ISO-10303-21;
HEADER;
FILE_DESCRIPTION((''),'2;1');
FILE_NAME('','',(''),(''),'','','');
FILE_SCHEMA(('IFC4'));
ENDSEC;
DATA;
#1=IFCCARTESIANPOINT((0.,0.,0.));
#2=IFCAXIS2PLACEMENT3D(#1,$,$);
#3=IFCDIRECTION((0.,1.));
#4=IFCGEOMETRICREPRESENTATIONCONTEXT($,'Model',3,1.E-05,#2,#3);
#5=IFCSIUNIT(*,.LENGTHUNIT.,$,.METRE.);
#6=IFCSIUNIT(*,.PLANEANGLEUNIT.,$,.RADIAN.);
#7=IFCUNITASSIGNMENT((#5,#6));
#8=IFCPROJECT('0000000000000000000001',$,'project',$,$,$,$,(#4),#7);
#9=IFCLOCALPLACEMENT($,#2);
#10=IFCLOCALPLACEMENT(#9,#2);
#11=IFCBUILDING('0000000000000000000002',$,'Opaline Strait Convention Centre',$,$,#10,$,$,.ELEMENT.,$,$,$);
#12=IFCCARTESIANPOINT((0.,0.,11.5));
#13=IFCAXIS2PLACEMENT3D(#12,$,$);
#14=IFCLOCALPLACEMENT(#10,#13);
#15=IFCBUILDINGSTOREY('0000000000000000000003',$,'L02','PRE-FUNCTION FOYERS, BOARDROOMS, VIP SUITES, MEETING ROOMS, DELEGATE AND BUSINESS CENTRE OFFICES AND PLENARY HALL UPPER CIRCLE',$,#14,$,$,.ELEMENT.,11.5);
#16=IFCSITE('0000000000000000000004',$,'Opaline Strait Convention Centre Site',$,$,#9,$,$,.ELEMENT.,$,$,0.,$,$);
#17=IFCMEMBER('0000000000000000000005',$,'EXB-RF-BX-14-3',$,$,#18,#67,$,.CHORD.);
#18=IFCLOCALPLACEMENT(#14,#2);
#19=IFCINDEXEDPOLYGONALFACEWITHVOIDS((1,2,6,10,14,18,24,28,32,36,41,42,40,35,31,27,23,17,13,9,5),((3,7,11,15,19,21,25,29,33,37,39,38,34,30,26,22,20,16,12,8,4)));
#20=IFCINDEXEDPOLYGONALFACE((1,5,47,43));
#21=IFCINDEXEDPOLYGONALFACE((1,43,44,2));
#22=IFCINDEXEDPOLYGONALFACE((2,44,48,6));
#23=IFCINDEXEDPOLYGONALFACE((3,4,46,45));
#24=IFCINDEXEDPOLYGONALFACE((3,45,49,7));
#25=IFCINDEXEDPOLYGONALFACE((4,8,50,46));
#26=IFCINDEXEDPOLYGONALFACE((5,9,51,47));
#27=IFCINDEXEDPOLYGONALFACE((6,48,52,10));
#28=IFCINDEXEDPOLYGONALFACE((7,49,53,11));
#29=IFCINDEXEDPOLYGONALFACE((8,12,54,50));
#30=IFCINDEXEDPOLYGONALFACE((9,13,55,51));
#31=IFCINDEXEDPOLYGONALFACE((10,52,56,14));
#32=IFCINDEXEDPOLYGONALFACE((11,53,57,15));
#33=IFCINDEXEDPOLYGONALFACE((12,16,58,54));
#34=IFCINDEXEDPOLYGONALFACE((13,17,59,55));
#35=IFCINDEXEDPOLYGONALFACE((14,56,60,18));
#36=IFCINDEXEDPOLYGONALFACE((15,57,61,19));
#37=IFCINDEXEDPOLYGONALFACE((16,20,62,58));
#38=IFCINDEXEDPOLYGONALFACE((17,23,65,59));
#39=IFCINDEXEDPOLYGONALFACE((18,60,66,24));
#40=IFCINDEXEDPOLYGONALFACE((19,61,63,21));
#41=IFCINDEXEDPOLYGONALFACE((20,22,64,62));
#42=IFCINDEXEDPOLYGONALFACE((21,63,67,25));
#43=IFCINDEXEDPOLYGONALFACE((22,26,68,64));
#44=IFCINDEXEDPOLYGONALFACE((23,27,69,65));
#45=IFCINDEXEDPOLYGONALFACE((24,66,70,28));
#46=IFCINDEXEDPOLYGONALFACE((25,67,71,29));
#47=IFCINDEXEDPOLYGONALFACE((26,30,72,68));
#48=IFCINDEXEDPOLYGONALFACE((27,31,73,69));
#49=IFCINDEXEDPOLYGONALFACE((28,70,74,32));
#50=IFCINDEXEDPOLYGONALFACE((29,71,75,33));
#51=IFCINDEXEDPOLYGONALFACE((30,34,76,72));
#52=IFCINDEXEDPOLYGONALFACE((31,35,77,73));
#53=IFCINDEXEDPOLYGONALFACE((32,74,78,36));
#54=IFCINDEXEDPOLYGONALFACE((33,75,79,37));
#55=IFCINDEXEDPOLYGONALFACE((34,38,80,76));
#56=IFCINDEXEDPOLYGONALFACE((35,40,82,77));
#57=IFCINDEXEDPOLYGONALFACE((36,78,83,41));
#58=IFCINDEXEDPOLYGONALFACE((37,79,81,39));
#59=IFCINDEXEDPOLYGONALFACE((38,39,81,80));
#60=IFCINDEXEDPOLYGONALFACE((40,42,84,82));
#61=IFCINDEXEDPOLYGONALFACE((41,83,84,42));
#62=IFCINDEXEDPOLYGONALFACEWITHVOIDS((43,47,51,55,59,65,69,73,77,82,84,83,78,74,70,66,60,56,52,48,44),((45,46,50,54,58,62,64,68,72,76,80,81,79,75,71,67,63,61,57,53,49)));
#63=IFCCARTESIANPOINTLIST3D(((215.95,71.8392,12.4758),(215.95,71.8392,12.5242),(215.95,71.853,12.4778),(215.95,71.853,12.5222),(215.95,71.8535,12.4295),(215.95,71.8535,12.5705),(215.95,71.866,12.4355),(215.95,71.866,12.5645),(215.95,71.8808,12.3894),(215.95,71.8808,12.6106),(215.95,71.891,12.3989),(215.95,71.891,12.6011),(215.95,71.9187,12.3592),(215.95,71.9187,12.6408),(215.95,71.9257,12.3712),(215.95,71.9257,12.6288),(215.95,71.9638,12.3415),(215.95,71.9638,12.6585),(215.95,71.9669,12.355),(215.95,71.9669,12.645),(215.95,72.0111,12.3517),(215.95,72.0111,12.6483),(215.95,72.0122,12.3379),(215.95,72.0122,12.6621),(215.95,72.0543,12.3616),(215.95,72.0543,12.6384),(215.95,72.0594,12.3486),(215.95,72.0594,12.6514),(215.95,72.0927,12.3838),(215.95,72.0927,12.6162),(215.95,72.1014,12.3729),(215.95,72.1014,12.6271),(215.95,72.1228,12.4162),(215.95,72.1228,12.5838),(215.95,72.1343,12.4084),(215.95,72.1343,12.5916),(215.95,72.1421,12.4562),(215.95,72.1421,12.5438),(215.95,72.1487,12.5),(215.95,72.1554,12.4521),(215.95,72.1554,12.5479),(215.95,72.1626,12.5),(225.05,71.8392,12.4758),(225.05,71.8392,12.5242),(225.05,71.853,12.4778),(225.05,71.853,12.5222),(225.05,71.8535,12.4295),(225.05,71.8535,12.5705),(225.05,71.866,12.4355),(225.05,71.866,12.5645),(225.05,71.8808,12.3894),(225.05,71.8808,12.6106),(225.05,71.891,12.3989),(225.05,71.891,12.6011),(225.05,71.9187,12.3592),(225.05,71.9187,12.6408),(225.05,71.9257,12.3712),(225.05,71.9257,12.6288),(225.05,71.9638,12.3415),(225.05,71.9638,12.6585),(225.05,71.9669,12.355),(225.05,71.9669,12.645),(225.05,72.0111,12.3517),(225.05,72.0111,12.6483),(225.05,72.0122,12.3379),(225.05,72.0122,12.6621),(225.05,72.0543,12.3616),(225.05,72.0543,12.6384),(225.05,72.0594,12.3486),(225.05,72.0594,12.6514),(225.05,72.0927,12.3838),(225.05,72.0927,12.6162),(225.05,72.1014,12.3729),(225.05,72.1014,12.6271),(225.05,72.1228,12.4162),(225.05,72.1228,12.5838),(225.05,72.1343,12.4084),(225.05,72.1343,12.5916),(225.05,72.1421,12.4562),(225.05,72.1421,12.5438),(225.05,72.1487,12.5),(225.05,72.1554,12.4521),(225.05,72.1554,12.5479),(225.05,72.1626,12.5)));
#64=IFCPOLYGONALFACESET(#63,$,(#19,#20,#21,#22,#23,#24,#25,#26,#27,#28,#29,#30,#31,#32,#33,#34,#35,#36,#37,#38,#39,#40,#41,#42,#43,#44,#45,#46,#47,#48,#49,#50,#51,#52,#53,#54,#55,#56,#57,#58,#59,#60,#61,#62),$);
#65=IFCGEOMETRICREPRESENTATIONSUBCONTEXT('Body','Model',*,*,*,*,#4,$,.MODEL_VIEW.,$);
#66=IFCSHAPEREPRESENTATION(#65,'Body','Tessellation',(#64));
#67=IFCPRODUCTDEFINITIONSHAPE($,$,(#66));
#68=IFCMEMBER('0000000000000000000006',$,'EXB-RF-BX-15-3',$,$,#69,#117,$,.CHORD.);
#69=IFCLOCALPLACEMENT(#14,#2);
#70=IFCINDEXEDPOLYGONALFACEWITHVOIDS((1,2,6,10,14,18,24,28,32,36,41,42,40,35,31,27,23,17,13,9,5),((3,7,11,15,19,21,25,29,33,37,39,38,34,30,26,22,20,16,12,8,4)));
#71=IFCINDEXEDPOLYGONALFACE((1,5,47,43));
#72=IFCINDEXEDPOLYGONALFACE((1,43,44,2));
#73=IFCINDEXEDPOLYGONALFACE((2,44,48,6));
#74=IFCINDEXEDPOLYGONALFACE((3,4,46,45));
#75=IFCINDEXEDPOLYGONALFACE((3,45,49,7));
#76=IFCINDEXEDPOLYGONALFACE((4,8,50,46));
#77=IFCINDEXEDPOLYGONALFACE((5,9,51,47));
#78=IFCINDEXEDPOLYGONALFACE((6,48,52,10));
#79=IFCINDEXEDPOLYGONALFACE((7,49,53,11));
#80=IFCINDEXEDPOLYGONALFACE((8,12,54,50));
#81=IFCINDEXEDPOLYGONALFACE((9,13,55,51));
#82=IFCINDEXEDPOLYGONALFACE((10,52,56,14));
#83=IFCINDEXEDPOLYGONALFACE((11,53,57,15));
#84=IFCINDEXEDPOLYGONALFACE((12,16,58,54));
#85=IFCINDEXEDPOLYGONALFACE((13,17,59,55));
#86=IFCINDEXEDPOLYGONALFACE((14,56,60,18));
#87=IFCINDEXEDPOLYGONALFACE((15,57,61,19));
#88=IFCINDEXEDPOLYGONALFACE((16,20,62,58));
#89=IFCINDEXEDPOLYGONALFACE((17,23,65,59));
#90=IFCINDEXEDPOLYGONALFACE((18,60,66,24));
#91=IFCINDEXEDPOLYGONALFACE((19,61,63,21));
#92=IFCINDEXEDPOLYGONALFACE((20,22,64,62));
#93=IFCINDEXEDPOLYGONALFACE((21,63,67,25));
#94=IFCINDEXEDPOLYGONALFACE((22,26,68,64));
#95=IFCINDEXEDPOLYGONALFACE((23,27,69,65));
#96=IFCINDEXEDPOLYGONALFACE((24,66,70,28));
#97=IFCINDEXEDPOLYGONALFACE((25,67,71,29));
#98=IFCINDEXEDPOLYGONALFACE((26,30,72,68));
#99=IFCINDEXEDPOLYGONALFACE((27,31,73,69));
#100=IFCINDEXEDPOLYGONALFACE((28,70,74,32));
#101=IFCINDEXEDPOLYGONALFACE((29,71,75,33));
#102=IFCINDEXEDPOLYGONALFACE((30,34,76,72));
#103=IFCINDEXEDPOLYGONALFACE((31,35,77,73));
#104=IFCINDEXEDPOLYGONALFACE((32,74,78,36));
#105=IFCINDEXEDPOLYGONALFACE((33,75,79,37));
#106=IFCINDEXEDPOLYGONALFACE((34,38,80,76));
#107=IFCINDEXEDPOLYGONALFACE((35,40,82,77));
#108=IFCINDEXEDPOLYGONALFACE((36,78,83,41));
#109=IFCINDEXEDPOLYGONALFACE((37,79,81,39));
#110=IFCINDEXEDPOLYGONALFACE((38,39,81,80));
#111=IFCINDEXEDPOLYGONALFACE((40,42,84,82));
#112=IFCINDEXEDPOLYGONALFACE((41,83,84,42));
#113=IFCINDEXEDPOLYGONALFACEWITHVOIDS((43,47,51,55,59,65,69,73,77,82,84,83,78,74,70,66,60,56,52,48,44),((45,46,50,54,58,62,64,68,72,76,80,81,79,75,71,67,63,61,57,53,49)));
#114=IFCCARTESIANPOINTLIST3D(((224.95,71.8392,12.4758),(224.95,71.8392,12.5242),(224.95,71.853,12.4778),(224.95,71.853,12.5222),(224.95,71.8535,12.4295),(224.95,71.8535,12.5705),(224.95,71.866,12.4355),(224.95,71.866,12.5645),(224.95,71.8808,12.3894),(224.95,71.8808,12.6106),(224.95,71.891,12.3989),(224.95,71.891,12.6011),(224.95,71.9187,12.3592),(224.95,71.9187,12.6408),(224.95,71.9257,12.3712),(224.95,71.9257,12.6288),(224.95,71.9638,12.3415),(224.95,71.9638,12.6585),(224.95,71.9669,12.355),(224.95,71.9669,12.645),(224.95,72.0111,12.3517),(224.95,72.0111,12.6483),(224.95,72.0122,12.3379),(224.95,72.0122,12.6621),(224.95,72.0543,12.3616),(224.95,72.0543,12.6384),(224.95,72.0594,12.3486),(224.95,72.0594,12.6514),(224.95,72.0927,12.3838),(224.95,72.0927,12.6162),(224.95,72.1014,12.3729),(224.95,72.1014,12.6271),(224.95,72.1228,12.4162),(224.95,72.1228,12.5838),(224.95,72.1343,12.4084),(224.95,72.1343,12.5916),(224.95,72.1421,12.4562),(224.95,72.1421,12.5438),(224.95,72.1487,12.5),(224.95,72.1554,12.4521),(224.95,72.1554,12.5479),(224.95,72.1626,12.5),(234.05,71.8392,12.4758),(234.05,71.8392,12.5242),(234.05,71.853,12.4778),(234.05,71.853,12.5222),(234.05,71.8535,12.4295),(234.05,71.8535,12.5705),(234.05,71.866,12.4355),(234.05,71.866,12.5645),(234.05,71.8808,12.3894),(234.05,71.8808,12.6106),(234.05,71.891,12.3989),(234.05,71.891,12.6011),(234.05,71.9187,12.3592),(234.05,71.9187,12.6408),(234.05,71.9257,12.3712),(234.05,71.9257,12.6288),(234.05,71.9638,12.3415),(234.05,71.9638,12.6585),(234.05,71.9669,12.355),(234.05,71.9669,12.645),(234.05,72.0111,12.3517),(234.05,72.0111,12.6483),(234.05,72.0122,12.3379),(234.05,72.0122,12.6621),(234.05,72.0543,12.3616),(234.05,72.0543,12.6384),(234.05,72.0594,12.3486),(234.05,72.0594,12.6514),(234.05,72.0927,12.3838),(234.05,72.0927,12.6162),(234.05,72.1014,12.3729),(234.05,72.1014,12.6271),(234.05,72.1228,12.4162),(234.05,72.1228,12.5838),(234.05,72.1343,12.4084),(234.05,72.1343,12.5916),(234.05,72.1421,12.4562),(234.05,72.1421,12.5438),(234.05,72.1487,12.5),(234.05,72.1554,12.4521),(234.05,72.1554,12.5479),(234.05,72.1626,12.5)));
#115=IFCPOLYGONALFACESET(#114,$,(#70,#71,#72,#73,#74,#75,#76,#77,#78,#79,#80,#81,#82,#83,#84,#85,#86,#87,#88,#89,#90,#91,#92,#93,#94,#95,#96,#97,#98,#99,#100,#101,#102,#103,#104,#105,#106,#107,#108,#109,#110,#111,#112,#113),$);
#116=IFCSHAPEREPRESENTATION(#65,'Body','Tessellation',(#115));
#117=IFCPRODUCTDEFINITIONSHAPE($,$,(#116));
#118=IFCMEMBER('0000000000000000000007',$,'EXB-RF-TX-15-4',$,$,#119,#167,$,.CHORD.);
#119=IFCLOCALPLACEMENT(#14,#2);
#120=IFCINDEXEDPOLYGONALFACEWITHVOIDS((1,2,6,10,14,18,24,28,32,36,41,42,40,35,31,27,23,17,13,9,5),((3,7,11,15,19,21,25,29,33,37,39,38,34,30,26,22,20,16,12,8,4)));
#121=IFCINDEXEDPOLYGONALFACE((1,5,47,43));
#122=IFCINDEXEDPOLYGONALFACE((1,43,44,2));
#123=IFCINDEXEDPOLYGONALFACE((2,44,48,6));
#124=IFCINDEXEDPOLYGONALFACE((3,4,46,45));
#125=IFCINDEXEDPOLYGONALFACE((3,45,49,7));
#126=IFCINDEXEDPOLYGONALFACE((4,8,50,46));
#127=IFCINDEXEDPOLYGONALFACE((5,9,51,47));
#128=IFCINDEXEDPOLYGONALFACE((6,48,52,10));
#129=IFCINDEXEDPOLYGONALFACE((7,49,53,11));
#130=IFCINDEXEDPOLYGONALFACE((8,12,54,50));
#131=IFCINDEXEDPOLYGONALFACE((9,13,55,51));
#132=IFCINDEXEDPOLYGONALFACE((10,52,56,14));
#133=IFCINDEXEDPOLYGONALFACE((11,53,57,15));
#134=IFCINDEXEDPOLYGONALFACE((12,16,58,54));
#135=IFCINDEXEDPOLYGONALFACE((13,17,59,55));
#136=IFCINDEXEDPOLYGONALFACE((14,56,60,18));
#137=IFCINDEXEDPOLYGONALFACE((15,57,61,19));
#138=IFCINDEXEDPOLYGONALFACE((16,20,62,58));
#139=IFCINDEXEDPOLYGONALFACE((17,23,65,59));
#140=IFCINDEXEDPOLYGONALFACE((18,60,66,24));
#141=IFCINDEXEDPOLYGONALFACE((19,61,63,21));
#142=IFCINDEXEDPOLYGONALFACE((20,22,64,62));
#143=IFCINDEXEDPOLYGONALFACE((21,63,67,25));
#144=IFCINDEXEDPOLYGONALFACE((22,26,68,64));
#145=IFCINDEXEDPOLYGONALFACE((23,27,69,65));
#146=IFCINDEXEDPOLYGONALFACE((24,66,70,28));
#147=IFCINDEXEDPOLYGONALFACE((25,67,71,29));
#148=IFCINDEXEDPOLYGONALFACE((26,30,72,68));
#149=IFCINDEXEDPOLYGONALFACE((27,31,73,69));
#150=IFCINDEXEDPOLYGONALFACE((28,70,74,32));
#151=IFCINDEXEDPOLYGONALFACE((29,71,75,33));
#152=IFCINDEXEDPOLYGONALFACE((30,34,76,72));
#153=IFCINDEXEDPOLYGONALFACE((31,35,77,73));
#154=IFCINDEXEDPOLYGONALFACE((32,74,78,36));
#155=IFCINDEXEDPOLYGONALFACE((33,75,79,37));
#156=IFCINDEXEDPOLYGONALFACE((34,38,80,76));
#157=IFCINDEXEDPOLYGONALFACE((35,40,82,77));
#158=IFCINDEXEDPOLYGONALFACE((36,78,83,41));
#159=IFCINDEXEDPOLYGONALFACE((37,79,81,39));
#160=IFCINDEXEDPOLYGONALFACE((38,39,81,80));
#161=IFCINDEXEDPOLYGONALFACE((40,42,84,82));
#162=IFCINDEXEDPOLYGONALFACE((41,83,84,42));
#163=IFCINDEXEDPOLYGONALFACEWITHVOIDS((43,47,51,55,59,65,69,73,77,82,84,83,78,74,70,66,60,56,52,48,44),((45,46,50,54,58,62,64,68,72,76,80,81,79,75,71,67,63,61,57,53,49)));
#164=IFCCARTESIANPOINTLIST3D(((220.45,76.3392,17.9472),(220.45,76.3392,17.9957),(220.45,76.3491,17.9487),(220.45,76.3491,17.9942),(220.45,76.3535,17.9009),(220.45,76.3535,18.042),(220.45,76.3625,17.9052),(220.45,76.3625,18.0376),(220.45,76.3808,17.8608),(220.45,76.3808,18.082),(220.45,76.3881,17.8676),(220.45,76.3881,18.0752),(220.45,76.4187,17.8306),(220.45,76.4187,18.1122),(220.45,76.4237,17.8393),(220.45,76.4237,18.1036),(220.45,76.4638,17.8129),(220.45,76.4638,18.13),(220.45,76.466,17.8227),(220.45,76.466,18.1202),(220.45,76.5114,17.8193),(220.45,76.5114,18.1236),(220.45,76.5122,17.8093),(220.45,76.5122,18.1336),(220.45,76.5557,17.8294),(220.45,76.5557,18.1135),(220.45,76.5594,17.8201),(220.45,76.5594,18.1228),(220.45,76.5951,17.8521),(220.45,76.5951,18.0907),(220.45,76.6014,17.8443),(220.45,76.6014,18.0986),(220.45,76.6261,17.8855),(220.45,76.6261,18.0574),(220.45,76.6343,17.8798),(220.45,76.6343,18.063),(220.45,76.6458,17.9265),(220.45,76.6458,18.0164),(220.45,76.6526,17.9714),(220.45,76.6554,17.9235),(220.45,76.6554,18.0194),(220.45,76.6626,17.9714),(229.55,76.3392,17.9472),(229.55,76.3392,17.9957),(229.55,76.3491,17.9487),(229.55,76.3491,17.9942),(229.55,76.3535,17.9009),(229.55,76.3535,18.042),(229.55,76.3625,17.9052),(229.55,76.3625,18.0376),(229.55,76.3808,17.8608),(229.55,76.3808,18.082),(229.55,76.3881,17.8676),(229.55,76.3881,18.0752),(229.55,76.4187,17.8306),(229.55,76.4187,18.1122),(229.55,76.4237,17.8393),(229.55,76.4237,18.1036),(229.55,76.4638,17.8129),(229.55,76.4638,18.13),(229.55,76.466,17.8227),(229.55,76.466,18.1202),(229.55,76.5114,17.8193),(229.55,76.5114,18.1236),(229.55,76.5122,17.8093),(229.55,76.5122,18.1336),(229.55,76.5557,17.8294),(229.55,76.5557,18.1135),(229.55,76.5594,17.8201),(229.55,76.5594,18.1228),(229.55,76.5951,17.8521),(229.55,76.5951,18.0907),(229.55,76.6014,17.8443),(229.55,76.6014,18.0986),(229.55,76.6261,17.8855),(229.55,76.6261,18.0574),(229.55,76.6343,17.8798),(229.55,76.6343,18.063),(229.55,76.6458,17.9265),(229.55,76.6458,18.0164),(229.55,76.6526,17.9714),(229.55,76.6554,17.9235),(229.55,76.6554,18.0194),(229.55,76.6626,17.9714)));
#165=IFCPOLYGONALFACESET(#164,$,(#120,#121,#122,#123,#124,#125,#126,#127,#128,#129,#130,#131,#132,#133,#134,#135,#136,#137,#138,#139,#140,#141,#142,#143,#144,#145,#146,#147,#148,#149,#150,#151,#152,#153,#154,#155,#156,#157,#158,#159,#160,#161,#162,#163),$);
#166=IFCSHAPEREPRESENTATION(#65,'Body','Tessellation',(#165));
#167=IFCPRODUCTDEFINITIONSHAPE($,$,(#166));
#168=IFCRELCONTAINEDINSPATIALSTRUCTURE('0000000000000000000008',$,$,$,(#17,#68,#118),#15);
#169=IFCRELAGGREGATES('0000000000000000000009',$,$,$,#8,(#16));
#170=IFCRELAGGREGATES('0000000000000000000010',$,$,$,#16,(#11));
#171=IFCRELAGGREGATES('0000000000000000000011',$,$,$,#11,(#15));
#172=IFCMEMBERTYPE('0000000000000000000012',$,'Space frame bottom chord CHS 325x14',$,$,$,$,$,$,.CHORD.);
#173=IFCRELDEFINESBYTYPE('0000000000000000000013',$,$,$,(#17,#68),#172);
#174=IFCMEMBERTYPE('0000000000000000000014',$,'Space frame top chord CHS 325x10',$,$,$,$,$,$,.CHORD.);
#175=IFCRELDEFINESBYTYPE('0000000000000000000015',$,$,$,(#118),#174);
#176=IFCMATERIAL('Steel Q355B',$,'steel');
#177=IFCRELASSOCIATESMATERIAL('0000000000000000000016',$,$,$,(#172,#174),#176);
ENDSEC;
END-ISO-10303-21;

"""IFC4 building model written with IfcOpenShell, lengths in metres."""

from ifc_helpers import new_model, si_unit, direction, frame, origin, origin_2d, place, context, subcontext, project, spatial, hollow_circle, extrude, material, material_profile, profile_set, type_object, element, save


model = new_model("IFC4")

# Units and contexts
model_context = context("Model", 3, precision=1e-05, world=origin(), true_north=direction((0.0, 1.0)))
body_context = subcontext(model_context, "Body", "Model", "MODEL_VIEW")
ifc_project = project(units=[si_unit("LENGTHUNIT", "METRE"), si_unit("PLANEANGLEUNIT", "RADIAN")], contexts=[model_context])

# Site, building, storey
site_placement = place(None, origin())
site = spatial("IfcSite", under=ifc_project, at=site_placement, Name="Opaline Strait Convention Centre Site", CompositionType="ELEMENT", RefElevation=0.0)
building_placement = place(site_placement, origin())
building = spatial("IfcBuilding", under=site, at=building_placement, Name="Opaline Strait Convention Centre", CompositionType="ELEMENT")
storey_placement = place(building_placement, frame((0.0, 0.0, 11.5)))
storey = spatial("IfcBuildingStorey", under=building, at=storey_placement, Name="L02", Description="PRE-FUNCTION FOYERS, BOARDROOMS, VIP SUITES, MEETING ROOMS, DELEGATE AND BUSINESS CENTRE OFFICES AND PLENARY HALL UPPER CIRCLE", CompositionType="ELEMENT", Elevation=11.5)

# Members
ifc_material_1 = material(Name="Steel Q355B", Category="steel")
ifc_material_profile_1 = material_profile(ifc_material_1, hollow_circle(Radius=0.1626, WallThickness=0.0139, at=origin_2d()), Name="CHS 325x14")
ifc_profile_set_1 = profile_set([ifc_material_profile_1], Name="Steel Q355B")
member_type_1 = type_object("IfcMemberType", Name="Space frame bottom chord CHS 325x14", PredefinedType="CHORD", material=ifc_profile_set_1)
for number, where, z_axis, x_axis, name in (
    (1, (215.95, 72.0, 12.5), (1.0, 0.0, 0.0), (0.0, 1.0, 0.0), "EXB-RF-BX-14-3"),
    (2, (224.95, 72.0, 12.5), (1.0, 0.0, 0.0), (0.0, 1.0, 0.0), "EXB-RF-BX-15-3"),
):
    element("IfcMember", number, at=place(storey_placement, frame(where, z_axis=z_axis, x_axis=x_axis)), inside=storey, type_object=member_type_1, Name=name, PredefinedType="CHORD", context=body_context, shape_type="SweptSolid", body=[
        extrude(hollow_circle(Radius=0.1626, WallThickness=0.0139, at=origin_2d()), origin(), (0.0, 0.0, 1.0), 9.1001),
    ])
ifc_material_profile_2 = material_profile(ifc_material_1, hollow_circle(Radius=0.1626, WallThickness=0.01, at=origin_2d()), Name="CHS 325x10")
ifc_profile_set_2 = profile_set([ifc_material_profile_2], Name="Steel Q355B")
member_type_2 = type_object("IfcMemberType", Name="Space frame top chord CHS 325x10", PredefinedType="CHORD", material=ifc_profile_set_2)
for number, where, z_axis, x_axis, name in (
    (3, (220.45, 76.5, 17.9714), (1.0, 0.0, 0.0), (0.0, 1.0, 0.0), "EXB-RF-TX-15-4"),
):
    element("IfcMember", number, at=place(storey_placement, frame(where, z_axis=z_axis, x_axis=x_axis)), inside=storey, type_object=member_type_2, Name=name, PredefinedType="CHORD", context=body_context, shape_type="SweptSolid", body=[
        extrude(hollow_circle(Radius=0.1626, WallThickness=0.01, at=origin_2d()), origin(), (0.0, 0.0, 1.0), 9.1001),
    ])

save(model, "model.ifc")
